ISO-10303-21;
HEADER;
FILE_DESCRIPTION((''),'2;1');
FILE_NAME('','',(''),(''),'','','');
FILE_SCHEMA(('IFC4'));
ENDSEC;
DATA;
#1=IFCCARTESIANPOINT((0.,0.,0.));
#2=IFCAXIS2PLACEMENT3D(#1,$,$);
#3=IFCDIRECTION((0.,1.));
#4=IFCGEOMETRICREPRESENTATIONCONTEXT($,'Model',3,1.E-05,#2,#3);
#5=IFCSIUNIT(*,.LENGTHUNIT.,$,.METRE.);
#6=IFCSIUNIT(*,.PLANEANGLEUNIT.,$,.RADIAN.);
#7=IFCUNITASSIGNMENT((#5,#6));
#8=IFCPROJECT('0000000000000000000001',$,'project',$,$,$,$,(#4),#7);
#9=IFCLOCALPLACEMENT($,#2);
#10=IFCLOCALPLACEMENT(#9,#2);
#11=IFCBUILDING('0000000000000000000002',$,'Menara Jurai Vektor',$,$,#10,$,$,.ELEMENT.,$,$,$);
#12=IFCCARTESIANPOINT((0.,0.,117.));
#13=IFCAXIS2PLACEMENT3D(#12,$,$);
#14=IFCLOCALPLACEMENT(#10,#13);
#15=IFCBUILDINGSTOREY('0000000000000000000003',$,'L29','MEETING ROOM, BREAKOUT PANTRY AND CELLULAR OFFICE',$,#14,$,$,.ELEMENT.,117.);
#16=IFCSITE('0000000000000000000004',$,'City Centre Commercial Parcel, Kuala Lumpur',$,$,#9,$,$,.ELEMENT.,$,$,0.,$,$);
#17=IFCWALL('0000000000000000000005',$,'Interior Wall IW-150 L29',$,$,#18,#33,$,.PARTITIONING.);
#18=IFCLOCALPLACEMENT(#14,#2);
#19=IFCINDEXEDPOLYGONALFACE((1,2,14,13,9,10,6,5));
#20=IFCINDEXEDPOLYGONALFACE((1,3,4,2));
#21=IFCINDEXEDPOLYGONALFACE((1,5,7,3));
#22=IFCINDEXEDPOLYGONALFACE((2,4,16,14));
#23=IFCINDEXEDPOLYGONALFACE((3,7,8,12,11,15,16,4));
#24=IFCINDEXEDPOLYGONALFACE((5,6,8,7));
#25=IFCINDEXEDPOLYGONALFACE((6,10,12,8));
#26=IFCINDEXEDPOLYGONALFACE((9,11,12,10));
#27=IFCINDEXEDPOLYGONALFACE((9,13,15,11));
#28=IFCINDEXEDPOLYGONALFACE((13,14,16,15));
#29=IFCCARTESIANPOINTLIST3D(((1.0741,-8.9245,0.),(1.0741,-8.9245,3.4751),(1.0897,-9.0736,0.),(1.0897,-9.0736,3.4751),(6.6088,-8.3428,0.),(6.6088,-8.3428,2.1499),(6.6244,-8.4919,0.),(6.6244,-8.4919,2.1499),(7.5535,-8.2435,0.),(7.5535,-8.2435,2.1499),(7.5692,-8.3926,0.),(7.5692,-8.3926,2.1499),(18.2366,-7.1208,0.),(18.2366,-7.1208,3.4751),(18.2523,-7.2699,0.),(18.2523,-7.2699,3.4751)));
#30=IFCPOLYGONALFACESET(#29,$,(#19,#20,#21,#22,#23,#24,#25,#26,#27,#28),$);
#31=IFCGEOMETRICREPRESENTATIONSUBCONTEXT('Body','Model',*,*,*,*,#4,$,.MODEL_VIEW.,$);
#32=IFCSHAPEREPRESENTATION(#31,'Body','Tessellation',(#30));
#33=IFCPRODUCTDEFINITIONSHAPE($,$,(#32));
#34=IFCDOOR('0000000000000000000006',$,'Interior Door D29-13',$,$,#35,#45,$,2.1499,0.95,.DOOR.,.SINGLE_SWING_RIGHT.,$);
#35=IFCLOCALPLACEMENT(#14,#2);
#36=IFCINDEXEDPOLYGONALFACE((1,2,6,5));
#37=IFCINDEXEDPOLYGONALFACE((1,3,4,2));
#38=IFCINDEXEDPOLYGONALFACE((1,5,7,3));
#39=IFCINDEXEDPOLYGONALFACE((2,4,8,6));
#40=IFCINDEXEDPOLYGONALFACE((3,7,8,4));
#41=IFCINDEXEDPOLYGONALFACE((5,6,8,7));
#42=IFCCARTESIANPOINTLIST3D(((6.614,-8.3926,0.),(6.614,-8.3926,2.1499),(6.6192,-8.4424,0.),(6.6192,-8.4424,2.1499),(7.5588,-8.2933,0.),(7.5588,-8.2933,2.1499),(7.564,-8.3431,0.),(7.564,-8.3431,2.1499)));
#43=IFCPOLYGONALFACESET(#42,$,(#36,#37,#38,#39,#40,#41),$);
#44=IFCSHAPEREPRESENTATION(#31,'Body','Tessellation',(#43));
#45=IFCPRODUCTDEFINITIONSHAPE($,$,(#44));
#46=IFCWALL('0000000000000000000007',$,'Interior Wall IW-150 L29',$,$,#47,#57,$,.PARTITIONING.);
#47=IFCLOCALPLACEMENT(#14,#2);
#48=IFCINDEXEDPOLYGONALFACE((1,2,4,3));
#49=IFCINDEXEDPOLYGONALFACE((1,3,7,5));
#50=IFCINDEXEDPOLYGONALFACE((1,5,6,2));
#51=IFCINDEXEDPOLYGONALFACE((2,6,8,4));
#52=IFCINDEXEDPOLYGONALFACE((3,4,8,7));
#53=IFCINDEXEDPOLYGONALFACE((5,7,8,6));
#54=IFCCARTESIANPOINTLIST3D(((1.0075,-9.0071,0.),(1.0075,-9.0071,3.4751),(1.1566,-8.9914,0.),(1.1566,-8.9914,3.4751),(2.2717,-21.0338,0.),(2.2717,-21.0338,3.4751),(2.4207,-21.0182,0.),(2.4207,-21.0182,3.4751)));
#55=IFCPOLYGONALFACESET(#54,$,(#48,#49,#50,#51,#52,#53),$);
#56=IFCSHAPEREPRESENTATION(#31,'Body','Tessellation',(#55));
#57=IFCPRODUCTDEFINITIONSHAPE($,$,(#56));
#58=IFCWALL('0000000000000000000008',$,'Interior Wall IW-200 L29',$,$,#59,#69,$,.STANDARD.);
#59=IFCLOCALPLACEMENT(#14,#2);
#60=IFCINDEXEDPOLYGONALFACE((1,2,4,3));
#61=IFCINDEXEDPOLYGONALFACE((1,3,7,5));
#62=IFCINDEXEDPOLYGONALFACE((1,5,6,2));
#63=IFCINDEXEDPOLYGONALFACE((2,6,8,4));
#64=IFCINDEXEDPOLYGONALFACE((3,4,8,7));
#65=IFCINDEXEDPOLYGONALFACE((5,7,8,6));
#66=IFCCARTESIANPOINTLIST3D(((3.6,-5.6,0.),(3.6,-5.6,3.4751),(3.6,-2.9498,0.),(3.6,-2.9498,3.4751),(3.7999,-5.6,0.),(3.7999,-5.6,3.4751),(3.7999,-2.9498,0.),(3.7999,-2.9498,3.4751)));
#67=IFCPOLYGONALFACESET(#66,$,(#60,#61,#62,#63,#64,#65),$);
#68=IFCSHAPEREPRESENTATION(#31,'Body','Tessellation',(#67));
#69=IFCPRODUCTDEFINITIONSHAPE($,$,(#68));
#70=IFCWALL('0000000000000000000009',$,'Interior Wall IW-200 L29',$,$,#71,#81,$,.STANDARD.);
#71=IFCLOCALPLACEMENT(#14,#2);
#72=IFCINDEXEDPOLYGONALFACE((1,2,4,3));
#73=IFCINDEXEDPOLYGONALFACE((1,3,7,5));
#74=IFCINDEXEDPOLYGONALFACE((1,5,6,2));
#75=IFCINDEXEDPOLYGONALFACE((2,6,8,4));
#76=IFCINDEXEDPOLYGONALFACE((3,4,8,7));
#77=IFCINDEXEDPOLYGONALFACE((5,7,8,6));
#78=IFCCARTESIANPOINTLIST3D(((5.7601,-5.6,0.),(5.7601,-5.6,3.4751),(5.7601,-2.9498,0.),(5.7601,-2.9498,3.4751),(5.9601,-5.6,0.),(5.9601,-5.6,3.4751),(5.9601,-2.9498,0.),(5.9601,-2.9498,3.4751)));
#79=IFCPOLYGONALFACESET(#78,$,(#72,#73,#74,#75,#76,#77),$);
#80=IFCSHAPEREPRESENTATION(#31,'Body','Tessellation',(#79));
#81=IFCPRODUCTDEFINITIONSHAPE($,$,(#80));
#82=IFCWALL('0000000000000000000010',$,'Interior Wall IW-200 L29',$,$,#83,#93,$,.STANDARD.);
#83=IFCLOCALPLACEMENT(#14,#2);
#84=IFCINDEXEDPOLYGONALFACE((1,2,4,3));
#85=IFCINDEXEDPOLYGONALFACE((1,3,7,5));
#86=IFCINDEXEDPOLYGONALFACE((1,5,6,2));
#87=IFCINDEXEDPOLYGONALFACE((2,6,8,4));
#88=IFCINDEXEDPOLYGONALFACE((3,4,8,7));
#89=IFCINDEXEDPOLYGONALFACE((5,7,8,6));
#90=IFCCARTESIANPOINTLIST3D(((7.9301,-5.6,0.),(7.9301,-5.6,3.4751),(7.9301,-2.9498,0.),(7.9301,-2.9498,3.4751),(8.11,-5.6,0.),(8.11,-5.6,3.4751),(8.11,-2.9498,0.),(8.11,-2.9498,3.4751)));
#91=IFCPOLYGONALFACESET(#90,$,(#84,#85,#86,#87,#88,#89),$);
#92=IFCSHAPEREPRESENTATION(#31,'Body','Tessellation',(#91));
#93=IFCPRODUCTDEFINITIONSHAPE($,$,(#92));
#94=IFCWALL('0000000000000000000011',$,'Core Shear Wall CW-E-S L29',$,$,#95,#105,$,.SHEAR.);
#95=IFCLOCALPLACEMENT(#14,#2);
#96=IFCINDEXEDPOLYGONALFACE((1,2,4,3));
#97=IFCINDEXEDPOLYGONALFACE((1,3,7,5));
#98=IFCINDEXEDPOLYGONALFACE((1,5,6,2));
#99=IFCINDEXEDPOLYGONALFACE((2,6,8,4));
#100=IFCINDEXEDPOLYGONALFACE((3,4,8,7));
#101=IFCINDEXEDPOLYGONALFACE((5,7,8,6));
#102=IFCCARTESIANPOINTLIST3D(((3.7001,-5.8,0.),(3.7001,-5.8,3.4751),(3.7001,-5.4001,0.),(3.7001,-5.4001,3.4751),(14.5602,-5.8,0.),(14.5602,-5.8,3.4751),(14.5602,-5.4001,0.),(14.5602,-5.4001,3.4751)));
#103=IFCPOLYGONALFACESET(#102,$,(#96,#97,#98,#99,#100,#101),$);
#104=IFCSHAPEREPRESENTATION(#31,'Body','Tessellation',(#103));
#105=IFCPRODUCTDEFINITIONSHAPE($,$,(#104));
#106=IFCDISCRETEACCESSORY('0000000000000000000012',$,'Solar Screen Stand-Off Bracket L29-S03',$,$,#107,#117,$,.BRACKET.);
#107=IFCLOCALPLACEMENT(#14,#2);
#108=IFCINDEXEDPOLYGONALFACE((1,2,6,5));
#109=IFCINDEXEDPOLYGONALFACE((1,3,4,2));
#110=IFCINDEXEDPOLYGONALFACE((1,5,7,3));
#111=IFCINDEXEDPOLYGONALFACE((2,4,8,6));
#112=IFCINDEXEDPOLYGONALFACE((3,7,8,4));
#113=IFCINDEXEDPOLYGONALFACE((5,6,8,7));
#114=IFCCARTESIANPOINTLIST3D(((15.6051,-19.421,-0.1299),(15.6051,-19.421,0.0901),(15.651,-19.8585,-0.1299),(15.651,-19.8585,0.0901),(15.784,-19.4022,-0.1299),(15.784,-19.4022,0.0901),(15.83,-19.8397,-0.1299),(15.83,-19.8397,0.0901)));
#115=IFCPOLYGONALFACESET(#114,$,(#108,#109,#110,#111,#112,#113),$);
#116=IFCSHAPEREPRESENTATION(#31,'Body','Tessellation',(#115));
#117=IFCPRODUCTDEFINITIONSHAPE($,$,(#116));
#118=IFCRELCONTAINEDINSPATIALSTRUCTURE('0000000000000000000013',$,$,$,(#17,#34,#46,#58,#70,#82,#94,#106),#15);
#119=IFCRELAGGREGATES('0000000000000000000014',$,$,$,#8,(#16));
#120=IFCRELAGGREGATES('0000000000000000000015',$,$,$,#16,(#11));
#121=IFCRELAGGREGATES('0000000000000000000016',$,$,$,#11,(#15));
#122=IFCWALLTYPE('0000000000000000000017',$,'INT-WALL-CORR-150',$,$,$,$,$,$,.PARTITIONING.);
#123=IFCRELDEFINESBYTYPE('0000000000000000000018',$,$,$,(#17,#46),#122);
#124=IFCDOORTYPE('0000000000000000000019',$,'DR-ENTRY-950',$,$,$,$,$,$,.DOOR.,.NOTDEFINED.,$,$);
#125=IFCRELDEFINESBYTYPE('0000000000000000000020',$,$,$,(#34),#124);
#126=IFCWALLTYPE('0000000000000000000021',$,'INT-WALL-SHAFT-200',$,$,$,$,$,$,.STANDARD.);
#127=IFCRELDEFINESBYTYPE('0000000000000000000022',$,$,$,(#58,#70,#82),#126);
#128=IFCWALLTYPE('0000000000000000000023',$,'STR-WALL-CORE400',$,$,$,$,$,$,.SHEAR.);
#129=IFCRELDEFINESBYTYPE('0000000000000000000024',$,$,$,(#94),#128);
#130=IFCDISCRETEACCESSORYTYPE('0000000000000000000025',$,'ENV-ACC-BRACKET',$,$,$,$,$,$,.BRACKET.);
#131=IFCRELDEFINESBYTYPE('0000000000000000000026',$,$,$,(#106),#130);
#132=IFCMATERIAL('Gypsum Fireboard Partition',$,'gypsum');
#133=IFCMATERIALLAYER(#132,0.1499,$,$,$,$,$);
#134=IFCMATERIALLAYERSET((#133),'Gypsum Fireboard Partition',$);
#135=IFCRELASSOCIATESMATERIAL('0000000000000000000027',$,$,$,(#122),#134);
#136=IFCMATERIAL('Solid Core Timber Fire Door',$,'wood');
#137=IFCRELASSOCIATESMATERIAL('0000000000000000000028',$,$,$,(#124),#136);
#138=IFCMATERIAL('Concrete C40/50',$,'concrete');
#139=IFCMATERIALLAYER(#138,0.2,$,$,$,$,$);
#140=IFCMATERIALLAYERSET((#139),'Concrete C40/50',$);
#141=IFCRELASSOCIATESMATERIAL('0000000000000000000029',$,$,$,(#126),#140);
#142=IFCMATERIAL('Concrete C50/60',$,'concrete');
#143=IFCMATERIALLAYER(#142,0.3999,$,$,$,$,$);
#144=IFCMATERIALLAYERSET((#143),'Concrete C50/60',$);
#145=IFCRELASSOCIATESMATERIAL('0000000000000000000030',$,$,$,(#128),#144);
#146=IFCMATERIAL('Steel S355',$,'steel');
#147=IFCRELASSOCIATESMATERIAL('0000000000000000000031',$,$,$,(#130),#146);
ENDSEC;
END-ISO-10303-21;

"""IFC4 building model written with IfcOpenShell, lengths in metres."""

from ifc_helpers import new_model, si_unit, direction, frame, frame_2d, origin, origin_2d, place, context, subcontext, project, spatial, rectangle, extrude, material, layer, layer_set, type_object, element, fill, save


model = new_model("IFC4")

# Units and contexts
model_context = context("Model", 3, precision=1e-05, world=origin(), true_north=direction((0.0, 1.0)))
body_context = subcontext(model_context, "Body", "Model", "MODEL_VIEW")
ifc_project = project(units=[si_unit("LENGTHUNIT", "METRE"), si_unit("PLANEANGLEUNIT", "RADIAN")], contexts=[model_context])

# Site, building, storey
site_placement = place(None, origin())
site = spatial("IfcSite", under=ifc_project, at=site_placement, Name="City Centre Commercial Parcel, Kuala Lumpur", CompositionType="ELEMENT", RefElevation=0.0)
building_placement = place(site_placement, origin())
building = spatial("IfcBuilding", under=site, at=building_placement, Name="Menara Jurai Vektor", CompositionType="ELEMENT")
storey_placement = place(building_placement, frame((0.0, 0.0, 117.0)))
storey = spatial("IfcBuildingStorey", under=building, at=storey_placement, Name="L29", Description="MEETING ROOM, BREAKOUT PANTRY AND CELLULAR OFFICE", CompositionType="ELEMENT", Elevation=117.0)

# Shared definitions
ifc_material_1 = material(Name="Concrete C50/60", Category="concrete")

# Shared definitions
ifc_material_2 = material(Name="Steel S355", Category="steel")

# Wall, opening, door
ifc_material_3 = material(Name="Gypsum Fireboard Partition", Category="gypsum")
ifc_layer_1 = layer(ifc_material_3, 0.1499)
ifc_layer_set_1 = layer_set([ifc_layer_1], Name="Gypsum Fireboard Partition")
wall_type_1 = type_object("IfcWallType", Name="INT-WALL-CORR-150", PredefinedType="PARTITIONING", material=ifc_layer_set_1)
wall_1_placement = place(storey_placement, frame((1.082, -8.999, 0.0), z_axis=(0.0, 0.0, 1.0), x_axis=(0.994523, 0.10452, 0.0)))
wall_1 = element("IfcWall", 1, at=wall_1_placement, inside=storey, type_object=wall_type_1, Name="Interior Wall IW-150 L29", PredefinedType="PARTITIONING", context=body_context, shape_type="SweptSolid", body=[
    extrude(rectangle(XDim=17.2571, YDim=0.1499, at=frame_2d((8.6284, 0.0))), origin(), (0.0, 0.0, 1.0), 3.4751),
])
opening_placement = place(wall_1_placement, frame((5.5649, 0.0, 0.0)))
opening = element("IfcOpeningElement", 2, at=opening_placement, cuts=wall_1, PredefinedType="OPENING", context=body_context, shape_type="SweptSolid", body=[
    extrude(rectangle(XDim=0.95, YDim=2.1499, at=frame_2d((0.4751, 1.075))), frame((0.0, 0.085, 0.0), z_axis=(0.0, -1.0, 0.0), x_axis=(1.0, 0.0, 0.0)), (0.0, 0.0, 1.0), 0.1699),
])
ifc_material_4 = material(Name="Solid Core Timber Fire Door", Category="wood")
door_type = type_object("IfcDoorType", Name="DR-ENTRY-950", OperationType="NOTDEFINED", PredefinedType="DOOR", material=ifc_material_4)
door_placement = place(opening_placement, origin())
door = element("IfcDoor", 3, at=door_placement, inside=storey, type_object=door_type, Name="Interior Door D29-13", OperationType="SINGLE_SWING_RIGHT", OverallHeight=2.1499, OverallWidth=0.95, PredefinedType="DOOR", context=body_context, shape_type="SweptSolid", body=[
    extrude(rectangle(XDim=0.95, YDim=2.1499, at=frame_2d((0.4751, 1.075))), frame((0.0, 0.0249, 0.0), z_axis=(0.0, -1.0, 0.0), x_axis=(1.0, 0.0, 0.0)), (0.0, 0.0, 1.0), 0.05),
])
fill(opening, door)

# Walls
wall_2_placement = place(storey_placement, frame((2.3462, -21.0259, 0.0), z_axis=(0.0, 0.0, 1.0), x_axis=(-0.104536, 0.994521, 0.0)))
element("IfcWall", 4, at=wall_2_placement, inside=storey, type_object=wall_type_1, Name="Interior Wall IW-150 L29", PredefinedType="PARTITIONING", context=body_context, shape_type="SweptSolid", body=[
    extrude(rectangle(XDim=12.093, YDim=0.1499, at=frame_2d((6.0464, 0.0))), origin(), (0.0, 0.0, 1.0), 3.4751),
])
ifc_material_5 = material(Name="Concrete C40/50", Category="concrete")
ifc_layer_2 = layer(ifc_material_5, 0.2)
ifc_layer_set_2 = layer_set([ifc_layer_2], Name="Concrete C40/50")
wall_type_2 = type_object("IfcWallType", Name="INT-WALL-SHAFT-200", PredefinedType="STANDARD", material=ifc_layer_set_2)
for number, where, z_axis, x_axis, name in (
    (5, (3.7, -5.6001, 0.0), (0.0, 0.0, 1.0), (0.0, 1.0, 0.0), "Interior Wall IW-200 L29"),
    (6, (5.8601, -5.6001, 0.0), (0.0, 0.0, 1.0), (0.0, 1.0, 0.0), "Interior Wall IW-200 L29"),
):
    element("IfcWall", number, at=place(storey_placement, frame(where, z_axis=z_axis, x_axis=x_axis)), inside=storey, type_object=wall_type_2, Name=name, PredefinedType="STANDARD", context=body_context, shape_type="SweptSolid", body=[
        extrude(rectangle(XDim=2.6501, YDim=0.2, at=frame_2d((1.3252, 0.0))), origin(), (0.0, 0.0, 1.0), 3.4751),
    ])
wall_3_placement = place(storey_placement, frame((8.02, -5.6001, 0.0), z_axis=(0.0, 0.0, 1.0), x_axis=(0.0, 1.0, 0.0)))
element("IfcWall", 7, at=wall_3_placement, inside=storey, type_object=wall_type_2, Name="Interior Wall IW-200 L29", PredefinedType="STANDARD", context=body_context, shape_type="SweptSolid", body=[
    extrude(rectangle(XDim=2.6501, YDim=0.1799, at=frame_2d((1.3252, 0.0))), origin(), (0.0, 0.0, 1.0), 3.4751),
])
ifc_layer_3 = layer(ifc_material_1, 0.3999)
ifc_layer_set_3 = layer_set([ifc_layer_3], Name="Concrete C50/60")
wall_type_3 = type_object("IfcWallType", Name="STR-WALL-CORE400", PredefinedType="SHEAR", material=ifc_layer_set_3)
wall_4_placement = place(storey_placement, frame((3.7, -5.6001, 0.0), z_axis=(0.0, 0.0, 1.0), x_axis=(1.0, 0.0, 0.0)))
element("IfcWall", 8, at=wall_4_placement, inside=storey, type_object=wall_type_3, Name="Core Shear Wall CW-E-S L29", PredefinedType="SHEAR", context=body_context, shape_type="SweptSolid", body=[
    extrude(rectangle(XDim=10.8601, YDim=0.3999, at=frame_2d((5.4302, 0.0))), origin(), (0.0, 0.0, 1.0), 3.4751),
])

# Discrete accessory
discrete_accessory_type = type_object("IfcDiscreteAccessoryType", Name="ENV-ACC-BRACKET", PredefinedType="BRACKET", material=ifc_material_2)
discrete_accessory_placement = place(storey_placement, frame((15.7175, -19.6304, -0.1299), z_axis=(0.0, 0.0, 1.0), x_axis=(0.994522, 0.104528, 0.0)))
element("IfcDiscreteAccessory", 9, at=discrete_accessory_placement, inside=storey, type_object=discrete_accessory_type, Name="Solar Screen Stand-Off Bracket L29-S03", PredefinedType="BRACKET", context=body_context, shape_type="SweptSolid", body=[
    extrude(rectangle(XDim=0.1799, YDim=0.4399, at=origin_2d()), origin(), (0.0, 0.0, 1.0), 0.22),
])

save(model, "model.ifc")
